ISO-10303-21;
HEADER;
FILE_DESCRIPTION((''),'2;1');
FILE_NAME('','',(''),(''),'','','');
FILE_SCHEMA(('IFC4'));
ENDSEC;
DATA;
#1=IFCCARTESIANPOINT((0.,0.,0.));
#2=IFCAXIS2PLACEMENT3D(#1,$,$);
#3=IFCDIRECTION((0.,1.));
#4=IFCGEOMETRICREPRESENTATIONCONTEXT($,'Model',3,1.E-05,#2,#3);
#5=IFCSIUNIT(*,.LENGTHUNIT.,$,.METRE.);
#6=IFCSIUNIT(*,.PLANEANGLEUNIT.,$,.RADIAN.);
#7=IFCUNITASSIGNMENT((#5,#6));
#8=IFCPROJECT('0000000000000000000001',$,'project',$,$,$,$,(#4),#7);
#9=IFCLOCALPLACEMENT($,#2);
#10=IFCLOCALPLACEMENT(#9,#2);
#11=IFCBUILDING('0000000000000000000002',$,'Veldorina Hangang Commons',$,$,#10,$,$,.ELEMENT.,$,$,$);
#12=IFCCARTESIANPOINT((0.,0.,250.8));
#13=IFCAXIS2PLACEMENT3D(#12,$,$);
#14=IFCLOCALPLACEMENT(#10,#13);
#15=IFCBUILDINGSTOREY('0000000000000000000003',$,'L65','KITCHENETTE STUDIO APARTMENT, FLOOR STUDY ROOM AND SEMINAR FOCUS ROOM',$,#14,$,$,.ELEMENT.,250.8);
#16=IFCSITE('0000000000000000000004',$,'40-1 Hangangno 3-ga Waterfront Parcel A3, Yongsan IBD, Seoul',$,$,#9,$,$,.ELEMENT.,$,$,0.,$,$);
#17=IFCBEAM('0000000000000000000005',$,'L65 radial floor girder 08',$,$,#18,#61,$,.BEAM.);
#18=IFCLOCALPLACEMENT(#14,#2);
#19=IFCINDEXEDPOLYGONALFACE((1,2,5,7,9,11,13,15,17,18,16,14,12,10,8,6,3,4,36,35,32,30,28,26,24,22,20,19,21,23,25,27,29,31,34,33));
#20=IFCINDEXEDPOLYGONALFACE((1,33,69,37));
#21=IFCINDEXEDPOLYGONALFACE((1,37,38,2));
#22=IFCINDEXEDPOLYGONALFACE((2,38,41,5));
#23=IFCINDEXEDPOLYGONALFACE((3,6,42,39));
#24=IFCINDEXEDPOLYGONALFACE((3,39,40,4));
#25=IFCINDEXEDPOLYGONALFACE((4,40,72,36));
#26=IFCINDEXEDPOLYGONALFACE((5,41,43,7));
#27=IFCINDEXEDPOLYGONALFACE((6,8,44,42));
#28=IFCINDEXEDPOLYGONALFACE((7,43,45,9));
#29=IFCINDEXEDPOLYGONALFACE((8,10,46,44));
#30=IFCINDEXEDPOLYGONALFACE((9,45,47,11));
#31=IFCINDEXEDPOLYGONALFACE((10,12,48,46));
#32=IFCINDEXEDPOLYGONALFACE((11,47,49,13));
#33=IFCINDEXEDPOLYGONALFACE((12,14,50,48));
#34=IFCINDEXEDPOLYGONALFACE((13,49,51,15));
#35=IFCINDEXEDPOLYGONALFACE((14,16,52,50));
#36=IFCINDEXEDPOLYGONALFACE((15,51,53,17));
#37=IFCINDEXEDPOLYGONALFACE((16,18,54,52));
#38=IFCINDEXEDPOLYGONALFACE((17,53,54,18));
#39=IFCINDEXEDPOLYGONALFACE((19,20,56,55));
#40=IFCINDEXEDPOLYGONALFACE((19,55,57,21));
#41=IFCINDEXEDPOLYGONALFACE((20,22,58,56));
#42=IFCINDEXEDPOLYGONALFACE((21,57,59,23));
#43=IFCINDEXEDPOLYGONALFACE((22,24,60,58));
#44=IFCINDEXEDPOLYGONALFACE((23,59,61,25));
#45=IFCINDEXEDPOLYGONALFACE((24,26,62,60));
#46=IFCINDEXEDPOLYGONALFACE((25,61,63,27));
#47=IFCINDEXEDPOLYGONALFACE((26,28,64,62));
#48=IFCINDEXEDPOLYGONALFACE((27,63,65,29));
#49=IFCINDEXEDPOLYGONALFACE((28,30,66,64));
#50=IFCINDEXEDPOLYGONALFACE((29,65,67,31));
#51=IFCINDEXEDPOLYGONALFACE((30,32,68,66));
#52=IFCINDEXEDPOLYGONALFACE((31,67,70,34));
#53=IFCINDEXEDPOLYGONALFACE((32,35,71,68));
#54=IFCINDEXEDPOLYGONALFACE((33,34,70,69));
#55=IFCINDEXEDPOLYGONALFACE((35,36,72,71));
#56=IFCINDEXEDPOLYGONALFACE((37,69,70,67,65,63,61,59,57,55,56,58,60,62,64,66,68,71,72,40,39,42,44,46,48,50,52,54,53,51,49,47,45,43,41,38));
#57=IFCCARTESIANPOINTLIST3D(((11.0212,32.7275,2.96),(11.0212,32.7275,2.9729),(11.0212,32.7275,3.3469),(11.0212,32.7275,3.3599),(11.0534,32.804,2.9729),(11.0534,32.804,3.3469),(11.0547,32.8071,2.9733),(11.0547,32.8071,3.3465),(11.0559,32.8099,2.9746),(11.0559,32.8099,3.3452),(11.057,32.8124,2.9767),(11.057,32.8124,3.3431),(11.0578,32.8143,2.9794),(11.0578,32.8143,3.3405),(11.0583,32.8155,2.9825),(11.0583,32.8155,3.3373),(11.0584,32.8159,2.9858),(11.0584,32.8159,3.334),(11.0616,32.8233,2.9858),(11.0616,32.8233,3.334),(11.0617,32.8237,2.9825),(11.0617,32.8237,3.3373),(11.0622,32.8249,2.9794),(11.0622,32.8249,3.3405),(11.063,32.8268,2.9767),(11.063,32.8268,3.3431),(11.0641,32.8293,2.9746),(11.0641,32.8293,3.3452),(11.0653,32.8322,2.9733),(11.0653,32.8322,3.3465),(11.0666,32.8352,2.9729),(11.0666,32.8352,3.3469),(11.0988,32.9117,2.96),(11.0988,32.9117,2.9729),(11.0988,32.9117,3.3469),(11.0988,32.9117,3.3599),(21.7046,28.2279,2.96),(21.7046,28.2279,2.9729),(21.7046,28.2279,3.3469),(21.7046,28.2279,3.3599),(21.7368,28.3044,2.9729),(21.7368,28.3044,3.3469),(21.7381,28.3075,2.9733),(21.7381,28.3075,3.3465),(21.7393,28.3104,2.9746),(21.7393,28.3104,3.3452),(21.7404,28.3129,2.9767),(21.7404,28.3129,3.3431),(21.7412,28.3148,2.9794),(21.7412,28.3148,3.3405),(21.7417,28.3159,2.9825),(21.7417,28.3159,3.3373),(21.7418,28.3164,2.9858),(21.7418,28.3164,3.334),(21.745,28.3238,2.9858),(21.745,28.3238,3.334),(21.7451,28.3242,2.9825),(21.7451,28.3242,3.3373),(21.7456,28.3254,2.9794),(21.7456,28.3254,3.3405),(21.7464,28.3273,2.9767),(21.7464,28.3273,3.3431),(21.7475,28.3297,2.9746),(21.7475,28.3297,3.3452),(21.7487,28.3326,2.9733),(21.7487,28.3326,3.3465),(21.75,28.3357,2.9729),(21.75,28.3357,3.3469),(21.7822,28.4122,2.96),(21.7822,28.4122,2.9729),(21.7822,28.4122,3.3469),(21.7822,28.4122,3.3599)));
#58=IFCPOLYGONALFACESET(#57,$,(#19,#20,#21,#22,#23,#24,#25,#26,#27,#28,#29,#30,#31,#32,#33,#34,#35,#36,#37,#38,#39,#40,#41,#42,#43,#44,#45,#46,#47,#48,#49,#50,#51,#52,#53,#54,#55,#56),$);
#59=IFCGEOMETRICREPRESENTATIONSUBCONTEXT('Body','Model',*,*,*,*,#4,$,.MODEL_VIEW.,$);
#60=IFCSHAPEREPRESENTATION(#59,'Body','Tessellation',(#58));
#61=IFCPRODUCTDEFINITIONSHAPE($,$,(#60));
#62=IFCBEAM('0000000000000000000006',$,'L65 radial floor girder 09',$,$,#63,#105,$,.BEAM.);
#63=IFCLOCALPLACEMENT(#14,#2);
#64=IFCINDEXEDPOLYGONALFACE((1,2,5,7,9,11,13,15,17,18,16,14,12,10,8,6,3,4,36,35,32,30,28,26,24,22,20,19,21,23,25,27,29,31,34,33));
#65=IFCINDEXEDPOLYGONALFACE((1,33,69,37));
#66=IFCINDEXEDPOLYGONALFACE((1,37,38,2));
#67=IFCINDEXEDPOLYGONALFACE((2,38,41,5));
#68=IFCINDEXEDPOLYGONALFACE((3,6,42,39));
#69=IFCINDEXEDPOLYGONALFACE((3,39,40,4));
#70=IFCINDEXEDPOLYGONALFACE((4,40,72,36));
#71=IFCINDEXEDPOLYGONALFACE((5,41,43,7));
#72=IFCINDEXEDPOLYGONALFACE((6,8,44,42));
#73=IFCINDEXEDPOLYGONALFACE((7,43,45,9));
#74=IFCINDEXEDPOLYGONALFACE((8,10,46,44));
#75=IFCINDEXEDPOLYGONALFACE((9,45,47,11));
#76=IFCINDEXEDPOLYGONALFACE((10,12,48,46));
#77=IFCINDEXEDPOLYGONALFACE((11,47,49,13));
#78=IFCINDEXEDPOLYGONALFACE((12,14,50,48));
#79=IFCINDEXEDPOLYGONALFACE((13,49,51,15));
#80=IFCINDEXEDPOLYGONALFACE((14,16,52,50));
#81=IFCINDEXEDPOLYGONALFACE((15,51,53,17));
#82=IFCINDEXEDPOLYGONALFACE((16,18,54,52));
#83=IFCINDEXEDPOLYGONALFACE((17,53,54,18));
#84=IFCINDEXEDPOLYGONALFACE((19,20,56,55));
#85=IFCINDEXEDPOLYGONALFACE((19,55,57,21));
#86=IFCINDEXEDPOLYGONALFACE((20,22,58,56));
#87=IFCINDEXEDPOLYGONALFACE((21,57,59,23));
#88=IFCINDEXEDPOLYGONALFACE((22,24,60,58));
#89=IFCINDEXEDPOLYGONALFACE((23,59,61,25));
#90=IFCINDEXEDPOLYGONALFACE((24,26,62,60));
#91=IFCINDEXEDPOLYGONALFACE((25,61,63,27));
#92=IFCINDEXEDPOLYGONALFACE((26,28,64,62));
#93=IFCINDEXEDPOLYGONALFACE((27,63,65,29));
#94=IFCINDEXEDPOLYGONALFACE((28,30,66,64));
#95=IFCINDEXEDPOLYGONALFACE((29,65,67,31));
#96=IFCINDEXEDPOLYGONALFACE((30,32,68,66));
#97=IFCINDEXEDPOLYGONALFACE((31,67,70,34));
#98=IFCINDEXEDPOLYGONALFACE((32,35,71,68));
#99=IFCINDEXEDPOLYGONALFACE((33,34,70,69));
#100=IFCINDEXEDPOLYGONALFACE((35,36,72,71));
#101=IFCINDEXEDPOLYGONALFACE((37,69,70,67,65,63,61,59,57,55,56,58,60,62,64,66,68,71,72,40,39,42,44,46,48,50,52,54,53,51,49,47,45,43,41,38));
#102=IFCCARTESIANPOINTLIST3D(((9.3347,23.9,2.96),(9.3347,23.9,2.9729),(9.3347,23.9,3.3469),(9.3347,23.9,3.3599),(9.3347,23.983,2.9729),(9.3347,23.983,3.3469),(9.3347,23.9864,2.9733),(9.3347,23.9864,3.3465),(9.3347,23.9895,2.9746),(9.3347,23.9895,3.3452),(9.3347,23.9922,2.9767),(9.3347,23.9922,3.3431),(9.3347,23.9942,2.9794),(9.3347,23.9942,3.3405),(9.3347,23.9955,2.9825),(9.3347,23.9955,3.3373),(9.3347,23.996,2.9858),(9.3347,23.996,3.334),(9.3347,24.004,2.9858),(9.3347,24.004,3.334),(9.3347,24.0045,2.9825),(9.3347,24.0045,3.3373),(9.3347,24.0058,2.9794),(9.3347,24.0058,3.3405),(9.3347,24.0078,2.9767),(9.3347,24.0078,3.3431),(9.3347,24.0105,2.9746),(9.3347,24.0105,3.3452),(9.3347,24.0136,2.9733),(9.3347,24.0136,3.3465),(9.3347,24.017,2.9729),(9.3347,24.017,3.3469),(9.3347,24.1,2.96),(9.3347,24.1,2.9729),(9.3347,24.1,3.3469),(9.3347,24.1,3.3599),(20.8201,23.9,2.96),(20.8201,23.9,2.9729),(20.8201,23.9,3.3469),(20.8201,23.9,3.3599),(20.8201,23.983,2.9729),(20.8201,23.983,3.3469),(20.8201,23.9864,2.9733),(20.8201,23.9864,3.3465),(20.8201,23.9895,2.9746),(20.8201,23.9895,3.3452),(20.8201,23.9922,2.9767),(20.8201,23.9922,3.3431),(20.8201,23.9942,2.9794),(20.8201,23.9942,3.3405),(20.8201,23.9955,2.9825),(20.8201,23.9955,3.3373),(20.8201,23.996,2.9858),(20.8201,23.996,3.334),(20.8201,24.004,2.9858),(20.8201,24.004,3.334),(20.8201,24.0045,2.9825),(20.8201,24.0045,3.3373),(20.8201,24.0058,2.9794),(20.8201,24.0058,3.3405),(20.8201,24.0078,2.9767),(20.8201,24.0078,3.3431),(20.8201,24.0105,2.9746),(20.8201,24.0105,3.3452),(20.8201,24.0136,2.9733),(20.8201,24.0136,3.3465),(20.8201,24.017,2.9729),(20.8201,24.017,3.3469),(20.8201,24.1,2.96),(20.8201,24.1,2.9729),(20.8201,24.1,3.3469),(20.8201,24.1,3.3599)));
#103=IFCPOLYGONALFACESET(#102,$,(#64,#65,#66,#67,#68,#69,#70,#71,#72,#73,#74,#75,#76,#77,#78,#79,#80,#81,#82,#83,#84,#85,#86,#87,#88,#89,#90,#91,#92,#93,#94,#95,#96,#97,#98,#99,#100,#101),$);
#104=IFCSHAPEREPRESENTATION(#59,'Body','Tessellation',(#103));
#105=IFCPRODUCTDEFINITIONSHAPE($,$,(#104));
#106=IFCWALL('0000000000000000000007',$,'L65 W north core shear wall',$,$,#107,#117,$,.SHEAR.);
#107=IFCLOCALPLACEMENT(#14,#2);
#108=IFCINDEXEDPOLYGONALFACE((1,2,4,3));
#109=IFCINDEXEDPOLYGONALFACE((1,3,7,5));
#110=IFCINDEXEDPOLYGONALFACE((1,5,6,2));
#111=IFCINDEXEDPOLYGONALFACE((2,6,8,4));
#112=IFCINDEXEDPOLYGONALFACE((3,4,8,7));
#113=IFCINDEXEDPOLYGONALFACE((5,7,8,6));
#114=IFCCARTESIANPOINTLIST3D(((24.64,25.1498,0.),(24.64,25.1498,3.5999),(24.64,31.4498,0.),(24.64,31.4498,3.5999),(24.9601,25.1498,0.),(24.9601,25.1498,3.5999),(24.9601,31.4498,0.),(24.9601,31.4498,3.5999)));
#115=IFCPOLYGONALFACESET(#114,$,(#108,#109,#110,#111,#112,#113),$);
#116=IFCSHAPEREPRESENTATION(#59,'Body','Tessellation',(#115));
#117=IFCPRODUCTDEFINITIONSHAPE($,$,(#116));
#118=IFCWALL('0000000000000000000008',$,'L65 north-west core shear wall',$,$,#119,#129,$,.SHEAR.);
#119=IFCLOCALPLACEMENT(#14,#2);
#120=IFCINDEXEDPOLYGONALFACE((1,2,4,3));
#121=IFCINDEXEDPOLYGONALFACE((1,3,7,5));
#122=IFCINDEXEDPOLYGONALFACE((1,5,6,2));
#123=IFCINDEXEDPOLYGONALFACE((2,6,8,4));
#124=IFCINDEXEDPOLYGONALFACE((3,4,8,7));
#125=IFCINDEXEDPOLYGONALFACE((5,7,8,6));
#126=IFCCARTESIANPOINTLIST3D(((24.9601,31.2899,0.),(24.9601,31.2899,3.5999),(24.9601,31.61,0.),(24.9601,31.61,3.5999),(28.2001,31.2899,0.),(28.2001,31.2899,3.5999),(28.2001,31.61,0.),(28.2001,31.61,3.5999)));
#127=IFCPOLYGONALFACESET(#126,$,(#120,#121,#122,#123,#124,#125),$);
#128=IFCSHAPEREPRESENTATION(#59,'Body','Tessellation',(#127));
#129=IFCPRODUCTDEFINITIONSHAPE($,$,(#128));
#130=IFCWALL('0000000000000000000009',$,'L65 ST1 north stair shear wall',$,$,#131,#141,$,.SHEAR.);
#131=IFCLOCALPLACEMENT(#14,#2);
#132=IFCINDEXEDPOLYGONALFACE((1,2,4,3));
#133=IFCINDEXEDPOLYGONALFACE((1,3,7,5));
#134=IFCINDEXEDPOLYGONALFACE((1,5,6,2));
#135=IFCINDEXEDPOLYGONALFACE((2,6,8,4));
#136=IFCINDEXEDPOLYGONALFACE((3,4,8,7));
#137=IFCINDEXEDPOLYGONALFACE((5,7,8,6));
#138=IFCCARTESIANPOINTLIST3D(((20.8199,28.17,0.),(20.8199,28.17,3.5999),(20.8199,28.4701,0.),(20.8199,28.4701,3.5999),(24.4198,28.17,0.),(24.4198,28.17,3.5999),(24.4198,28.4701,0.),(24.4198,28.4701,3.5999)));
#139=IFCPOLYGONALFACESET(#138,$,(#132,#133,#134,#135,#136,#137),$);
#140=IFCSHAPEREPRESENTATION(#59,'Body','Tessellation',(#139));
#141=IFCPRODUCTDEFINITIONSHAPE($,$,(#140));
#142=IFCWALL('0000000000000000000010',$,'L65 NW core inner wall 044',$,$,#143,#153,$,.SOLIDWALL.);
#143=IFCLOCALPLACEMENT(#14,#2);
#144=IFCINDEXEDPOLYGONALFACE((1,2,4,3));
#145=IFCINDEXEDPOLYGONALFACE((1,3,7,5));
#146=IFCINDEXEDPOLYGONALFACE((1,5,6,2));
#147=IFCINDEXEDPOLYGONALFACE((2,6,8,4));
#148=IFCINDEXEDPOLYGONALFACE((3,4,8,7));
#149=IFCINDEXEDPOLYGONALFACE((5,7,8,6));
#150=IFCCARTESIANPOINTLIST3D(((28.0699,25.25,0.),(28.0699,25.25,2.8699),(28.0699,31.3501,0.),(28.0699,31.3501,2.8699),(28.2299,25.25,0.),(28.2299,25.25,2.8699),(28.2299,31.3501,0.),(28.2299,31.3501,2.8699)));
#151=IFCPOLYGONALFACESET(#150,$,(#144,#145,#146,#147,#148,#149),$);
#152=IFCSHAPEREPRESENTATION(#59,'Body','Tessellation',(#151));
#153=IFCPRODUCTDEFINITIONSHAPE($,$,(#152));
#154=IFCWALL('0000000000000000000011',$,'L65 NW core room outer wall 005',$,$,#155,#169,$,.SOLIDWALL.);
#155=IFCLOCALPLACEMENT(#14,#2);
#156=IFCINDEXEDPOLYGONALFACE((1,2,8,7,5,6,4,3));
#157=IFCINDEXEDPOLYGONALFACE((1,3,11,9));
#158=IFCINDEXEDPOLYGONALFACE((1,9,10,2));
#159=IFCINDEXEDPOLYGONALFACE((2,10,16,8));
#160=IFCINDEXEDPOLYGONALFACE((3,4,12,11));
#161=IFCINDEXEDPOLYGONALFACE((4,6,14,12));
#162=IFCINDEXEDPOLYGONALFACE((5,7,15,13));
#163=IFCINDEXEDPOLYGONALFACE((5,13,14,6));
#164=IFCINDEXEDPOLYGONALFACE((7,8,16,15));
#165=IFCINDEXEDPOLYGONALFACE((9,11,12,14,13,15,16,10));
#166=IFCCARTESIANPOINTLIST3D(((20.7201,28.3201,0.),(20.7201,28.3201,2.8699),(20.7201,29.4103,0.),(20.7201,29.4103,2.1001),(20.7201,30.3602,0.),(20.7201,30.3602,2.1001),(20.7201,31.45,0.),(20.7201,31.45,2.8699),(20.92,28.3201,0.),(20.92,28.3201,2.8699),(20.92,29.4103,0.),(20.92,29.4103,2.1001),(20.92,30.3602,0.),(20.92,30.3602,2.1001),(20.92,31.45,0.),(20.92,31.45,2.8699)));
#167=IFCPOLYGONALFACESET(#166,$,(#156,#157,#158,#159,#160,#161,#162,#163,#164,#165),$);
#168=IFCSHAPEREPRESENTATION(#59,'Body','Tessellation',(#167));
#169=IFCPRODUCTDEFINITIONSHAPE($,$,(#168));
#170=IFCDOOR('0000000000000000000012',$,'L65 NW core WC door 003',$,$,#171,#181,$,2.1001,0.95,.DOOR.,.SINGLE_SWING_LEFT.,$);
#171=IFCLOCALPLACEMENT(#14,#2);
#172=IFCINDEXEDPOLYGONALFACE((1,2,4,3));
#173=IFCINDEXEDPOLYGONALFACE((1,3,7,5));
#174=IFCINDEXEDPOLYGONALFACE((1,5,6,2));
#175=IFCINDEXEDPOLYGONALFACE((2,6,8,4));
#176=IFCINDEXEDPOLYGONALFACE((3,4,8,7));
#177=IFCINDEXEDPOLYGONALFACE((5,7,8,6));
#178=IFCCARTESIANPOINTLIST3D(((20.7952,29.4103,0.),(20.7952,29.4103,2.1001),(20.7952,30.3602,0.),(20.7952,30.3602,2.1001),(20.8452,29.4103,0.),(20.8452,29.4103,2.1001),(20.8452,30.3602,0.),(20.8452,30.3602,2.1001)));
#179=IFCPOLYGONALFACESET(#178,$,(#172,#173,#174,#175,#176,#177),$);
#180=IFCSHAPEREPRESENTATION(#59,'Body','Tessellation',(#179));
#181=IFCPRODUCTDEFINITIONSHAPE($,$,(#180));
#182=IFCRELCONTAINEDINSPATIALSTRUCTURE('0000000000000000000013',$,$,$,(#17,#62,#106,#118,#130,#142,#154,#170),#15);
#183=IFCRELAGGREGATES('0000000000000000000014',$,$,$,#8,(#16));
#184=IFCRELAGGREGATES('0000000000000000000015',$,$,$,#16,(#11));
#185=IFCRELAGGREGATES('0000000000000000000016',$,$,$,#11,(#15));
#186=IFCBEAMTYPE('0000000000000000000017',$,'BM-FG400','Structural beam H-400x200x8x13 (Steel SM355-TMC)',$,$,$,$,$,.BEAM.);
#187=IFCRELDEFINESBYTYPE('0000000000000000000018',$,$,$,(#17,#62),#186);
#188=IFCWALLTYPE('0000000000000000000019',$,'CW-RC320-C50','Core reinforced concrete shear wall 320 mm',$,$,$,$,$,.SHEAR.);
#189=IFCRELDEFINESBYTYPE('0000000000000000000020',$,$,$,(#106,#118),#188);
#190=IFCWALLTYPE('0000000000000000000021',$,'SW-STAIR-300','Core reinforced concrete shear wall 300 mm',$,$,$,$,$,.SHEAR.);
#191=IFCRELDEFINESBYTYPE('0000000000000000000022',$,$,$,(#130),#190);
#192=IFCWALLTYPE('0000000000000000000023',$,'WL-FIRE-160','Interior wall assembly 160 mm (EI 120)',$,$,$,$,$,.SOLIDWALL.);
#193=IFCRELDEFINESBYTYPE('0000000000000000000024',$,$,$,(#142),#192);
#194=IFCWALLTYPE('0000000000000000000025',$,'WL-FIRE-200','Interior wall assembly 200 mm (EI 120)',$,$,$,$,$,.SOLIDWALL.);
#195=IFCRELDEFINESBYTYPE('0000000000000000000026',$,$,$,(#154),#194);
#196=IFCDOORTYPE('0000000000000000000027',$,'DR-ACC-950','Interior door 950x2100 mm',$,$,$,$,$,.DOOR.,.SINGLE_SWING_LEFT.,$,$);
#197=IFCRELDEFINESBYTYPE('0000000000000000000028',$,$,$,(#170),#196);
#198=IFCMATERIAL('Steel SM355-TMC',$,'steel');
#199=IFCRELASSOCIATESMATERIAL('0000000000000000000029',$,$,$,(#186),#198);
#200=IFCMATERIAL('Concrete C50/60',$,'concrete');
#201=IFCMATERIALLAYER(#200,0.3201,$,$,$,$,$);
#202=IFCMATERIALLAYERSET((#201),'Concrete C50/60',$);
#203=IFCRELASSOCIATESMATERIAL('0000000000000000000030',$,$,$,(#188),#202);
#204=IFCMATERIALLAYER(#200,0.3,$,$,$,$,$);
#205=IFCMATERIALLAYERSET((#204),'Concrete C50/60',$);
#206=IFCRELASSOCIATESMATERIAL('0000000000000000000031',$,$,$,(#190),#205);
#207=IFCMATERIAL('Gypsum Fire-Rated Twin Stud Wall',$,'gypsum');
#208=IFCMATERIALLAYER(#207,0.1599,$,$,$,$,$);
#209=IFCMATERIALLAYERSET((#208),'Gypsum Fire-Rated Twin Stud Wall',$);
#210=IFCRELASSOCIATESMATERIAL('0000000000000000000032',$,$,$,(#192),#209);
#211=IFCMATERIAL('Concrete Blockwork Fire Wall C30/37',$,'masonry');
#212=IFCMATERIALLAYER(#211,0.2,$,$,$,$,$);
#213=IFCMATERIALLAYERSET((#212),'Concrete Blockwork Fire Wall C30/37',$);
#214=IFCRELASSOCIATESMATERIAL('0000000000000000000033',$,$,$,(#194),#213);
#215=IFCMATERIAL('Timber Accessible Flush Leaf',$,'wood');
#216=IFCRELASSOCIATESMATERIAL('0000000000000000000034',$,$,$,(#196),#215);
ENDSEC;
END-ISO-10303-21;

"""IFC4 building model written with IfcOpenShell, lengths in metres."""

from ifc_helpers import new_model, si_unit, direction, frame, frame_2d, origin, origin_2d, place, context, subcontext, project, spatial, rectangle, i_section, extrude, material, layer, layer_set, material_profile, profile_set, type_object, element, fill, save


model = new_model("IFC4")

# Units and contexts
model_context = context("Model", 3, precision=1e-05, world=origin(), true_north=direction((0.0, 1.0)))
body_context = subcontext(model_context, "Body", "Model", "MODEL_VIEW")
ifc_project = project(units=[si_unit("LENGTHUNIT", "METRE"), si_unit("PLANEANGLEUNIT", "RADIAN")], contexts=[model_context])

# Site, building, storey
site_placement = place(None, origin())
site = spatial("IfcSite", under=ifc_project, at=site_placement, Name="40-1 Hangangno 3-ga Waterfront Parcel A3, Yongsan IBD, Seoul", CompositionType="ELEMENT", RefElevation=0.0)
building_placement = place(site_placement, origin())
building = spatial("IfcBuilding", under=site, at=building_placement, Name="Veldorina Hangang Commons", CompositionType="ELEMENT")
storey_placement = place(building_placement, frame((0.0, 0.0, 250.8)))
storey = spatial("IfcBuildingStorey", under=building, at=storey_placement, Name="L65", Description="KITCHENETTE STUDIO APARTMENT, FLOOR STUDY ROOM AND SEMINAR FOCUS ROOM", CompositionType="ELEMENT", Elevation=250.8)

# Beams
ifc_material_1 = material(Name="Concrete C50/60", Category="concrete")
ifc_material_2 = material(Name="Steel SM355-TMC", Category="steel")
ifc_material_profile_1 = material_profile(ifc_material_2, i_section(OverallWidth=0.2, OverallDepth=0.3999, WebThickness=0.0081, FlangeThickness=0.0129, FilletRadius=0.0129, at=origin_2d()), Name="H-400x200x8x13")
ifc_profile_set_1 = profile_set([ifc_material_profile_1], Name="Steel SM355-TMC")
beam_type_1 = type_object("IfcBeamType", Name="BM-FG400", Description="Structural beam H-400x200x8x13 (Steel SM355-TMC)", PredefinedType="BEAM", material=ifc_profile_set_1)
beam_1_placement = place(storey_placement, frame((21.7434, 28.3201, 3.1599), z_axis=(-0.921597, 0.388149, 0.0), x_axis=(-0.388149, -0.921597, 0.0)))
element("IfcBeam", 1, at=beam_1_placement, inside=storey, type_object=beam_type_1, Name="L65 radial floor girder 08", PredefinedType="BEAM", context=body_context, shape_type="SweptSolid", body=[
    extrude(i_section(OverallWidth=0.2, OverallDepth=0.3999, WebThickness=0.0081, FlangeThickness=0.0129, FilletRadius=0.0129, at=origin_2d()), origin(), (0.0, 0.0, 1.0), 11.5923),
])
beam_2_placement = place(storey_placement, frame((20.8201, 24.0, 3.1599), z_axis=(-1.0, 0.0, 0.0), x_axis=(0.0, -1.0, 0.0)))
element("IfcBeam", 2, at=beam_2_placement, inside=storey, type_object=beam_type_1, Name="L65 radial floor girder 09", PredefinedType="BEAM", context=body_context, shape_type="SweptSolid", body=[
    extrude(i_section(OverallWidth=0.2, OverallDepth=0.3999, WebThickness=0.0081, FlangeThickness=0.0129, FilletRadius=0.0129, at=origin_2d()), origin(), (0.0, 0.0, 1.0), 11.4854),
])

# Walls
ifc_layer_1 = layer(ifc_material_1, 0.3201)
ifc_layer_set_1 = layer_set([ifc_layer_1], Name="Concrete C50/60")
wall_type_1 = type_object("IfcWallType", Name="CW-RC320-C50", Description="Core reinforced concrete shear wall 320 mm", PredefinedType="SHEAR", material=ifc_layer_set_1)
wall_1_placement = place(storey_placement, frame((24.8, 25.1499, 0.0), z_axis=(0.0, 0.0, 1.0), x_axis=(0.0, 1.0, 0.0)))
element("IfcWall", 3, at=wall_1_placement, inside=storey, type_object=wall_type_1, Name="L65 W north core shear wall", PredefinedType="SHEAR", context=body_context, shape_type="SweptSolid", body=[
    extrude(rectangle(XDim=6.3, YDim=0.3201, at=frame_2d((3.1499, 0.0))), origin(), (0.0, 0.0, 1.0), 3.5999),
])
wall_2_placement = place(storey_placement, frame((24.96, 31.45, 0.0), z_axis=(0.0, 0.0, 1.0), x_axis=(1.0, 0.0, 0.0)))
element("IfcWall", 4, at=wall_2_placement, inside=storey, type_object=wall_type_1, Name="L65 north-west core shear wall", PredefinedType="SHEAR", context=body_context, shape_type="SweptSolid", body=[
    extrude(rectangle(XDim=3.24, YDim=0.3201, at=frame_2d((1.6201, 0.0))), origin(), (0.0, 0.0, 1.0), 3.5999),
])
ifc_layer_2 = layer(ifc_material_1, 0.3)
ifc_layer_set_2 = layer_set([ifc_layer_2], Name="Concrete C50/60")
wall_type_2 = type_object("IfcWallType", Name="SW-STAIR-300", Description="Core reinforced concrete shear wall 300 mm", PredefinedType="SHEAR", material=ifc_layer_set_2)
wall_3_placement = place(storey_placement, frame((20.8201, 28.3201, 0.0), z_axis=(0.0, 0.0, 1.0), x_axis=(1.0, 0.0, 0.0)))
element("IfcWall", 5, at=wall_3_placement, inside=storey, type_object=wall_type_2, Name="L65 ST1 north stair shear wall", PredefinedType="SHEAR", context=body_context, shape_type="SweptSolid", body=[
    extrude(rectangle(XDim=3.5999, YDim=0.3, at=frame_2d((1.7998, 0.0))), origin(), (0.0, 0.0, 1.0), 3.5999),
])
ifc_material_3 = material(Name="Gypsum Fire-Rated Twin Stud Wall", Category="gypsum")
ifc_layer_3 = layer(ifc_material_3, 0.1599)
ifc_layer_set_3 = layer_set([ifc_layer_3], Name="Gypsum Fire-Rated Twin Stud Wall")
wall_type_3 = type_object("IfcWallType", Name="WL-FIRE-160", Description="Interior wall assembly 160 mm (EI 120)", PredefinedType="SOLIDWALL", material=ifc_layer_set_3)
wall_4_placement = place(storey_placement, frame((28.1499, 25.25, 0.0), z_axis=(0.0, 0.0, 1.0), x_axis=(0.0, 1.0, 0.0)))
element("IfcWall", 6, at=wall_4_placement, inside=storey, type_object=wall_type_3, Name="L65 NW core inner wall 044", PredefinedType="SOLIDWALL", context=body_context, shape_type="SweptSolid", body=[
    extrude(rectangle(XDim=6.1001, YDim=0.1599, at=frame_2d((3.05, 0.0))), origin(), (0.0, 0.0, 1.0), 2.8699),
])

# Wall, opening, door
ifc_material_4 = material(Name="Concrete Blockwork Fire Wall C30/37", Category="masonry")
ifc_layer_4 = layer(ifc_material_4, 0.2)
ifc_layer_set_4 = layer_set([ifc_layer_4], Name="Concrete Blockwork Fire Wall C30/37")
wall_type_4 = type_object("IfcWallType", Name="WL-FIRE-200", Description="Interior wall assembly 200 mm (EI 120)", PredefinedType="SOLIDWALL", material=ifc_layer_set_4)
wall_5_placement = place(storey_placement, frame((20.8201, 28.3201, 0.0), z_axis=(0.0, 0.0, 1.0), x_axis=(0.0, 1.0, 0.0)))
wall_5 = element("IfcWall", 7, at=wall_5_placement, inside=storey, type_object=wall_type_4, Name="L65 NW core room outer wall 005", PredefinedType="SOLIDWALL", context=body_context, shape_type="SweptSolid", body=[
    extrude(rectangle(XDim=3.1299, YDim=0.2, at=frame_2d((1.5649, 0.0))), origin(), (0.0, 0.0, 1.0), 2.8699),
])
opening_1_placement = place(wall_5_placement, frame((1.0901, 0.0, 0.0)))
opening_1 = element("IfcOpeningElement", 8, at=opening_1_placement, cuts=wall_5, PredefinedType="OPENING", context=body_context, shape_type="SweptSolid", body=[
    extrude(rectangle(XDim=0.95, YDim=2.1001, at=frame_2d((0.4751, 1.05))), frame((0.0, 0.1099, 0.0), z_axis=(0.0, -1.0, 0.0), x_axis=(1.0, 0.0, 0.0)), (0.0, 0.0, 1.0), 0.22),
])
ifc_material_5 = material(Name="Timber Accessible Flush Leaf", Category="wood")
door_type_1 = type_object("IfcDoorType", Name="DR-ACC-950", Description="Interior door 950x2100 mm", OperationType="SINGLE_SWING_LEFT", PredefinedType="DOOR", material=ifc_material_5)
door_1_placement = place(opening_1_placement, origin())
door_1 = element("IfcDoor", 9, at=door_1_placement, inside=storey, type_object=door_type_1, Name="L65 NW core WC door 003", OperationType="SINGLE_SWING_LEFT", OverallHeight=2.1001, OverallWidth=0.95, PredefinedType="DOOR", context=body_context, shape_type="SweptSolid", body=[
    extrude(rectangle(XDim=0.95, YDim=2.1001, at=frame_2d((0.4751, 1.05))), frame((0.0, 0.0249, 0.0), z_axis=(0.0, -1.0, 0.0), x_axis=(1.0, 0.0, 0.0)), (0.0, 0.0, 1.0), 0.05),
])
fill(opening_1, door_1)

save(model, "model.ifc")
